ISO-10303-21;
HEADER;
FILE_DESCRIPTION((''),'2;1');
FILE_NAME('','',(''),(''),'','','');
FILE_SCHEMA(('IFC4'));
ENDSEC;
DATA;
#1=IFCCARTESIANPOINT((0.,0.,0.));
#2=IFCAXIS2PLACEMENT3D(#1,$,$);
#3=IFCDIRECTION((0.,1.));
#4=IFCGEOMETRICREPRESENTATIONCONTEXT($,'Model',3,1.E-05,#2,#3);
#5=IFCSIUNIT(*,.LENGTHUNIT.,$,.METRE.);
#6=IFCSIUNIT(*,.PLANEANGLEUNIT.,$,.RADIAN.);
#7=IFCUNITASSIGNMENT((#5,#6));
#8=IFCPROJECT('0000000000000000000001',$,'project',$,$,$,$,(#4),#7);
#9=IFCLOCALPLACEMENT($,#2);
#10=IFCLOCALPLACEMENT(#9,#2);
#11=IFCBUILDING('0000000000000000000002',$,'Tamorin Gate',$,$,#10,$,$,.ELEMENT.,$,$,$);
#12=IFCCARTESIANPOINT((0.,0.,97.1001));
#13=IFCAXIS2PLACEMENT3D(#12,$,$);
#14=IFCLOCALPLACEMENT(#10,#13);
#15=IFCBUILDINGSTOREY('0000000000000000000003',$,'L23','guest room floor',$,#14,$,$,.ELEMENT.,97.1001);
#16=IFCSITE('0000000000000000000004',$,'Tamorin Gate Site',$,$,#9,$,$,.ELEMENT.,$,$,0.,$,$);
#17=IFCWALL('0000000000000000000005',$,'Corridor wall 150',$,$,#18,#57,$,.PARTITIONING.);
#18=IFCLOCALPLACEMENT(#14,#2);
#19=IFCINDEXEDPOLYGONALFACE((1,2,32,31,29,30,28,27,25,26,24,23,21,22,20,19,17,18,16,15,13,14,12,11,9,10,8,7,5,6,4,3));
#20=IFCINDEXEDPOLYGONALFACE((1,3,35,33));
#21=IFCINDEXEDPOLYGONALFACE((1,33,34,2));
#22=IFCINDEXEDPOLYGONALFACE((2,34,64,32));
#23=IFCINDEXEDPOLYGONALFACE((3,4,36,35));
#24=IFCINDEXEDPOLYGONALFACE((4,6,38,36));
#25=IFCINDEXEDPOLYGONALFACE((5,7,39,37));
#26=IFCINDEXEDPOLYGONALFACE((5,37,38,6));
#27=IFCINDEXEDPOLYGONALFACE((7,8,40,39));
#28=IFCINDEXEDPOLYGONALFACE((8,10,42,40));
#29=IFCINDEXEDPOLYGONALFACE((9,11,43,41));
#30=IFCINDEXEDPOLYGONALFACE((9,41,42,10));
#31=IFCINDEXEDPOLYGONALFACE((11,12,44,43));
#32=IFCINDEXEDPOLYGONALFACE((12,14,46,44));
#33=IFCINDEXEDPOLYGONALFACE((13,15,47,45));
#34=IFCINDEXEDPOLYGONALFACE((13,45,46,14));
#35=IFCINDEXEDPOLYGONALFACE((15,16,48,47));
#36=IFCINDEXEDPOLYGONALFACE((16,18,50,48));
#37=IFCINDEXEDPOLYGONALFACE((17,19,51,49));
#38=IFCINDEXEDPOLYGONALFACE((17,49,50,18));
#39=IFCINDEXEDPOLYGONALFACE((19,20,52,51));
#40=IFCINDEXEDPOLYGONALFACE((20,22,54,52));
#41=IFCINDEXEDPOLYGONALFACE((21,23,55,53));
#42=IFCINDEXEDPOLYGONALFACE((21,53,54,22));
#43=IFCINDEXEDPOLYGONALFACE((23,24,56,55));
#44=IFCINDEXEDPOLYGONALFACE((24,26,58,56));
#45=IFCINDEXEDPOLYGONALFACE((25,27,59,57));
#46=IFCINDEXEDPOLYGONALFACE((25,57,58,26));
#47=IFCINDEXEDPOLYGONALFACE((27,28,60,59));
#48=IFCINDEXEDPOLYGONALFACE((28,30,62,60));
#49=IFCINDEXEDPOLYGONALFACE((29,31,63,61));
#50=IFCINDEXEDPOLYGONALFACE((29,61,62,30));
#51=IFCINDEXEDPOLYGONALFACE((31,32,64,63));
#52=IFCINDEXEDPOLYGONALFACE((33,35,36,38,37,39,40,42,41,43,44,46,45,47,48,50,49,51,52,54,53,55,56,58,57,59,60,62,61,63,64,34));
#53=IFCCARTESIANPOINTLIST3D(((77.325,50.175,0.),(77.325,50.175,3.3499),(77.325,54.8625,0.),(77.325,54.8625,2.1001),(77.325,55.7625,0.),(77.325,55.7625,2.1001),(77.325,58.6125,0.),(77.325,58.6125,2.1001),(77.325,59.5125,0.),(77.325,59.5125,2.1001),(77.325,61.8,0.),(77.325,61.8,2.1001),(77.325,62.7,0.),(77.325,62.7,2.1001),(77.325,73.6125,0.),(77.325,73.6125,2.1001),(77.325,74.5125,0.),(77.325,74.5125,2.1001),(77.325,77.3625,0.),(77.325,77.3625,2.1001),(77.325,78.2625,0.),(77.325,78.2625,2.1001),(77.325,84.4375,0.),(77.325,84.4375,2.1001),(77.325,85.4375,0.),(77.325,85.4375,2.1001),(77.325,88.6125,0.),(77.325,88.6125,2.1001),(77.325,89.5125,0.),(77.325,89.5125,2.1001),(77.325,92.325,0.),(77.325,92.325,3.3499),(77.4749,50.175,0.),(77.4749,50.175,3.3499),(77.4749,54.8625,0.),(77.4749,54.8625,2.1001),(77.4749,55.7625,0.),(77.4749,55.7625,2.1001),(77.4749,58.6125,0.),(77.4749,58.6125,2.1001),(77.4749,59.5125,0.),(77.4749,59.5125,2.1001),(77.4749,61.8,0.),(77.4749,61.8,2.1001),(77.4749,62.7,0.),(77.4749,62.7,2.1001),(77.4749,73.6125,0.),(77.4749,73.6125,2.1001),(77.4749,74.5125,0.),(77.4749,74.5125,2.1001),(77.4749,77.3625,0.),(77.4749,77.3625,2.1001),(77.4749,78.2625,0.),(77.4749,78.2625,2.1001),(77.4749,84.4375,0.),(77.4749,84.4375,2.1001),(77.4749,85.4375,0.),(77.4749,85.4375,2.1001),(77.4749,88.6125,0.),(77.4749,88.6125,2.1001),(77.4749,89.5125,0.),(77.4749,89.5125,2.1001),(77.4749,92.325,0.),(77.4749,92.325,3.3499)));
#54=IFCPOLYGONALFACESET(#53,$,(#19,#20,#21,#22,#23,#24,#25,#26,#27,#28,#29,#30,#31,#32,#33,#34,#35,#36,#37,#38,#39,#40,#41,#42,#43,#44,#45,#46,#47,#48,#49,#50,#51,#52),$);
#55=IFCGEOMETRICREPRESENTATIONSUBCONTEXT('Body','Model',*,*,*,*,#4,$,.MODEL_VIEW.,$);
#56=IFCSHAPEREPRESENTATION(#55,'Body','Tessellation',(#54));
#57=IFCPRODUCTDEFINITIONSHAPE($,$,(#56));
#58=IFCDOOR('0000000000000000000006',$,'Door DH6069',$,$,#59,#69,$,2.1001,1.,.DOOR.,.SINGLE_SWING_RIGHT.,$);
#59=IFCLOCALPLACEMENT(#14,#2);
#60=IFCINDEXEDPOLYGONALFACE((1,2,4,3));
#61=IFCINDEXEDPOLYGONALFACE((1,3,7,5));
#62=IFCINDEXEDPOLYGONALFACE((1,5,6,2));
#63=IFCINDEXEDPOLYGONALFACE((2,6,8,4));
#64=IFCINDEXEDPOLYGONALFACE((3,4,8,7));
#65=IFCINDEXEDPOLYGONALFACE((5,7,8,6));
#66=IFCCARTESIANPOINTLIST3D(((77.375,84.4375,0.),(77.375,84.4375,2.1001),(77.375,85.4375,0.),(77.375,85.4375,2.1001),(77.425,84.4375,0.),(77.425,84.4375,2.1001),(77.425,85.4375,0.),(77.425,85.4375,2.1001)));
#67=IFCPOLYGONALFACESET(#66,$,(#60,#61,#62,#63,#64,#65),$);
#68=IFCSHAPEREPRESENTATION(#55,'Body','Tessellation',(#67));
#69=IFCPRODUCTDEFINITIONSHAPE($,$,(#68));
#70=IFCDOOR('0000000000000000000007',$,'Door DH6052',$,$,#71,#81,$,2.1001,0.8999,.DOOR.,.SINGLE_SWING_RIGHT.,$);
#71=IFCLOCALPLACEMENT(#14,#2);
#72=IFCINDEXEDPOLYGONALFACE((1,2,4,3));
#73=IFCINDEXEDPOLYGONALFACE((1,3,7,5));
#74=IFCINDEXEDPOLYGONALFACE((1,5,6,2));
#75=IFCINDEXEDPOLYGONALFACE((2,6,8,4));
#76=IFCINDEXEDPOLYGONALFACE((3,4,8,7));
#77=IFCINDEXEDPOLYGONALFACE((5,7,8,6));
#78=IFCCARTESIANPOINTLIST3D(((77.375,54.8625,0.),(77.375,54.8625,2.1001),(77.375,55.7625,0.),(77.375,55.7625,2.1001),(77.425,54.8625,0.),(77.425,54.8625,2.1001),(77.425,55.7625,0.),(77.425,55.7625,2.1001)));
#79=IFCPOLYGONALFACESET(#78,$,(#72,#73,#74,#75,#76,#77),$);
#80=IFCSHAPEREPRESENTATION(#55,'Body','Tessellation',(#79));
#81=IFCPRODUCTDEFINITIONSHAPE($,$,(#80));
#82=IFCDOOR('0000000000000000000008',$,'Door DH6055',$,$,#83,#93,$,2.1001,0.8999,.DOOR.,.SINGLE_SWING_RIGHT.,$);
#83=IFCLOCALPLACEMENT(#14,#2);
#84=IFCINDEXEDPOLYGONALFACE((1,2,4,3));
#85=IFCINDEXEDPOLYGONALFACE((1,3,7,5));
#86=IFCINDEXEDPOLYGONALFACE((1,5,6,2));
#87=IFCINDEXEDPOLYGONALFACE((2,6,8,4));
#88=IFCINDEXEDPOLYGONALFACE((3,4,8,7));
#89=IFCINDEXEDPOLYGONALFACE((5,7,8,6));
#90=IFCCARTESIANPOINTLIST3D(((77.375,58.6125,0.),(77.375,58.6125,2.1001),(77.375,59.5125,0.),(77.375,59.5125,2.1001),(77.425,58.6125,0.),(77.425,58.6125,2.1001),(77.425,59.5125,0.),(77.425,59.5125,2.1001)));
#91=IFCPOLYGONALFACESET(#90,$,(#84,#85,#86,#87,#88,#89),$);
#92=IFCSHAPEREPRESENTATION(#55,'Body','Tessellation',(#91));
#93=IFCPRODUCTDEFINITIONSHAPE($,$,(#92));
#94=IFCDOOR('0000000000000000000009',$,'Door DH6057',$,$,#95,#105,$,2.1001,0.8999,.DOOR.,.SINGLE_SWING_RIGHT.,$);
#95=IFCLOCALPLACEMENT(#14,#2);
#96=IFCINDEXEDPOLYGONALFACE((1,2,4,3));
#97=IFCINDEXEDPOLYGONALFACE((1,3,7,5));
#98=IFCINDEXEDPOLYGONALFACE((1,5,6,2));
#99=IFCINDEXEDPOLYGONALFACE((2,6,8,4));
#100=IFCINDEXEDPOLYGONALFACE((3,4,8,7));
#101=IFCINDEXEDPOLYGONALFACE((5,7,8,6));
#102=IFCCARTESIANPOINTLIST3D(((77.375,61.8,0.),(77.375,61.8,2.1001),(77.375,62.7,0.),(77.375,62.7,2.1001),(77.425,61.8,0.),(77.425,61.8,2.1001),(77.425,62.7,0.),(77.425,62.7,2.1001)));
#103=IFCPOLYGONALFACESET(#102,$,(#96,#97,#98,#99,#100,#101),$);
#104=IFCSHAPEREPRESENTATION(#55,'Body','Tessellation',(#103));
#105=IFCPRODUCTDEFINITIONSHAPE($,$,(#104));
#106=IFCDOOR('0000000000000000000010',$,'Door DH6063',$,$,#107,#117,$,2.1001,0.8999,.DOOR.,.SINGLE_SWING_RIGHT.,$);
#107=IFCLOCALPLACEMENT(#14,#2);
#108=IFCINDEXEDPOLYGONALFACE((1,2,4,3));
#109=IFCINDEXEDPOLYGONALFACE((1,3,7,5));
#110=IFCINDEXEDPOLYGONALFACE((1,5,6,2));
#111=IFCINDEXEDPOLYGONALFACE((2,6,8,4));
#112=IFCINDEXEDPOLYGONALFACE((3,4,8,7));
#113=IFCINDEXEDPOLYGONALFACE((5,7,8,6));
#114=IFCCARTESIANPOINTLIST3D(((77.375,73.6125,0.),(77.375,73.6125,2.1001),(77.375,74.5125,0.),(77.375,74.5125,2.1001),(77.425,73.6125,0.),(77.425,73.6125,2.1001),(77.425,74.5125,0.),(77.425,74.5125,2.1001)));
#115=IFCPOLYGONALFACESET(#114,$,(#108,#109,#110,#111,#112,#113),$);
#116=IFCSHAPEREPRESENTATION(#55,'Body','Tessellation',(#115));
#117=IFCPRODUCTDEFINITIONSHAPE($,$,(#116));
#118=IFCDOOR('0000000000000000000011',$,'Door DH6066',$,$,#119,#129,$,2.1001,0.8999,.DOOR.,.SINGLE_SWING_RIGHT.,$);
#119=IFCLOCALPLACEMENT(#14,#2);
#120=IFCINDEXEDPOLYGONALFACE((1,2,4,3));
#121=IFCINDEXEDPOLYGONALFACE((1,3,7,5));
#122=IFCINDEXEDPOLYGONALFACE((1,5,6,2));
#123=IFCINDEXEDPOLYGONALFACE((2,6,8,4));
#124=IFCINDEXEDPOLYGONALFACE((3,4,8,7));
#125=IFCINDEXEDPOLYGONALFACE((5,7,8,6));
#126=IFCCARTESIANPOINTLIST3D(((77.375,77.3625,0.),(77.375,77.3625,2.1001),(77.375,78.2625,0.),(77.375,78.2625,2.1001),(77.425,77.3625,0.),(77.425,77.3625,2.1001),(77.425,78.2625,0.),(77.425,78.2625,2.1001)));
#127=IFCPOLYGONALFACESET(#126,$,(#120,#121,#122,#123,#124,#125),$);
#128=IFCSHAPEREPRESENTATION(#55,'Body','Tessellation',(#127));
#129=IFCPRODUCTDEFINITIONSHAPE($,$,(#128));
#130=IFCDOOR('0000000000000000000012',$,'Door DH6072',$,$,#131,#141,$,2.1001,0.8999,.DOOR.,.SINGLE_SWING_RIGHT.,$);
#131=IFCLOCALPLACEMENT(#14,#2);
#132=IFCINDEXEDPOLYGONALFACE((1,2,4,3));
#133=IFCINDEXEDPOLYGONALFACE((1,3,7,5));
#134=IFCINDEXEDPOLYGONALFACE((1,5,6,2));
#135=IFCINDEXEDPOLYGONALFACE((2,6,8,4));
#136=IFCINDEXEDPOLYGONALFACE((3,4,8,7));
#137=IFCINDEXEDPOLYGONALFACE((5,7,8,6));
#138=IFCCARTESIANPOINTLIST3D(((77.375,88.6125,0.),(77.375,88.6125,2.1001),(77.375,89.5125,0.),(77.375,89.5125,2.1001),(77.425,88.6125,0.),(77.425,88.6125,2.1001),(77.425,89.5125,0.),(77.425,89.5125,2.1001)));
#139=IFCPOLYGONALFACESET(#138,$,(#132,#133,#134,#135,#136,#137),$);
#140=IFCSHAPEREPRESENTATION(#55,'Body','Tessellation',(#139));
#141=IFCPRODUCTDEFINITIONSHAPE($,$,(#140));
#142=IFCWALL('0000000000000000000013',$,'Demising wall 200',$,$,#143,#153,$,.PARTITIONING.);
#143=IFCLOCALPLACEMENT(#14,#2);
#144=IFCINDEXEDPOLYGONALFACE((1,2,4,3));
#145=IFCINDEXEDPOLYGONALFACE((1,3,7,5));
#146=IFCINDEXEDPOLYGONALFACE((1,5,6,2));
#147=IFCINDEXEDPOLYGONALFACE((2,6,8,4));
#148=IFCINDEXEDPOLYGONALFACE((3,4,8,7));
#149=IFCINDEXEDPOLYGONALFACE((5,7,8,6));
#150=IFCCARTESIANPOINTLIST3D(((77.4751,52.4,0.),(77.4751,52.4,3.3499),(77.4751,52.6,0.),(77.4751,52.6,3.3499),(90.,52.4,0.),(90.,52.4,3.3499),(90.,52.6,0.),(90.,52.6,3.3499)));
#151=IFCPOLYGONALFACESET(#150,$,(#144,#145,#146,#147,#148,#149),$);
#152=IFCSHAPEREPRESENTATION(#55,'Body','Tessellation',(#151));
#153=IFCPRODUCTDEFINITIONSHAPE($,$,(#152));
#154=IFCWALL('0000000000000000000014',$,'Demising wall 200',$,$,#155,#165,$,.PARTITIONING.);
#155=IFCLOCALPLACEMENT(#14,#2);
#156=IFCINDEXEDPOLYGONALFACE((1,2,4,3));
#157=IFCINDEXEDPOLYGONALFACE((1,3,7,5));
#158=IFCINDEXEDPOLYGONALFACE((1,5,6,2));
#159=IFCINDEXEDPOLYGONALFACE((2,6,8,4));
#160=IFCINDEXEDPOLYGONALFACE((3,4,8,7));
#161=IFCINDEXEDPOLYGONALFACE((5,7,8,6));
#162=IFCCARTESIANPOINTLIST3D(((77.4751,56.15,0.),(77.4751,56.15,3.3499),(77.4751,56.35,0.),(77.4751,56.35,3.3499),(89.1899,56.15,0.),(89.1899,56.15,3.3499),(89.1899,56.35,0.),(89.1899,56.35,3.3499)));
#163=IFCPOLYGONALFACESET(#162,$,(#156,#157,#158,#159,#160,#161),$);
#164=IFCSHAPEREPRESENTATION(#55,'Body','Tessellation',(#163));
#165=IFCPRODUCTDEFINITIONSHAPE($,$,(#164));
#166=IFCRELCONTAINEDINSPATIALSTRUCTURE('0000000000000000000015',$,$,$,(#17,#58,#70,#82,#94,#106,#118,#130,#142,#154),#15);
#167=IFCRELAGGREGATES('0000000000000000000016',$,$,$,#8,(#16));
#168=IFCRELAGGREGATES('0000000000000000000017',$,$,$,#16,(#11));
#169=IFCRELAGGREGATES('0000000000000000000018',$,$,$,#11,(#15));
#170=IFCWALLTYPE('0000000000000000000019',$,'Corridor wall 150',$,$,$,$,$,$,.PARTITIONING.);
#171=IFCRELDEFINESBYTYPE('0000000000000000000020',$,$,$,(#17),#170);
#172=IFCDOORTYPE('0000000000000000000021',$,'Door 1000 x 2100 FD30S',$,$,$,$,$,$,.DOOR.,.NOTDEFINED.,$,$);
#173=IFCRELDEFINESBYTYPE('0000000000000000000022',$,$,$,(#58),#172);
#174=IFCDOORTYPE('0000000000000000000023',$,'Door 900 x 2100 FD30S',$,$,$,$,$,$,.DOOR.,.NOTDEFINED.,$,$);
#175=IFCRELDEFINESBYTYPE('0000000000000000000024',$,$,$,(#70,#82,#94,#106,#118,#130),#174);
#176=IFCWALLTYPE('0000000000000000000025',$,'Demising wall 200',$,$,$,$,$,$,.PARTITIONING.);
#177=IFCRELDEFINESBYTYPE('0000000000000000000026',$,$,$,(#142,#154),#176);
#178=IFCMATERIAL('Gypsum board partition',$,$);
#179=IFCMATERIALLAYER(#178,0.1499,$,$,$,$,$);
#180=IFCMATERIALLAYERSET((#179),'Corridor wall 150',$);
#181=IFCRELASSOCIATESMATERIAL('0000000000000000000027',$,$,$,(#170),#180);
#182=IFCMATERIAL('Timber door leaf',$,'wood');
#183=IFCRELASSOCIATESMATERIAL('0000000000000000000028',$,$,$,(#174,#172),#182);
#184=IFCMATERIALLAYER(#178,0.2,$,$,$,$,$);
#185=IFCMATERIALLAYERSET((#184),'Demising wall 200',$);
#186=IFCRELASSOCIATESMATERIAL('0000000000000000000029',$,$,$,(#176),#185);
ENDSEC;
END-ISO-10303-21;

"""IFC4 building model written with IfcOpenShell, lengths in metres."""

from ifc_helpers import new_model, si_unit, direction, frame, frame_2d, origin, place, context, subcontext, project, spatial, rectangle, extrude, material, layer, layer_set, type_object, element, fill, save


model = new_model("IFC4")

# Units and contexts
model_context = context("Model", 3, precision=1e-05, world=origin(), true_north=direction((0.0, 1.0)))
body_context = subcontext(model_context, "Body", "Model", "MODEL_VIEW")
ifc_project = project(units=[si_unit("LENGTHUNIT", "METRE"), si_unit("PLANEANGLEUNIT", "RADIAN")], contexts=[model_context])

# Site, building, storey
site_placement = place(None, origin())
site = spatial("IfcSite", under=ifc_project, at=site_placement, Name="Tamorin Gate Site", CompositionType="ELEMENT", RefElevation=0.0)
building_placement = place(site_placement, origin())
building = spatial("IfcBuilding", under=site, at=building_placement, Name="Tamorin Gate", CompositionType="ELEMENT")
storey_placement = place(building_placement, frame((0.0, 0.0, 97.1001)))
storey = spatial("IfcBuildingStorey", under=building, at=storey_placement, Name="L23", Description="guest room floor", CompositionType="ELEMENT", Elevation=97.1001)

# Shared definitions
ifc_material_1 = material(Name="Gypsum board partition")
ifc_layer_1 = layer(ifc_material_1, 0.1499)
ifc_layer_set_1 = layer_set([ifc_layer_1], Name="Corridor wall 150")
wall_type_1 = type_object("IfcWallType", Name="Corridor wall 150", PredefinedType="PARTITIONING", material=ifc_layer_set_1)
ifc_material_2 = material(Name="Timber door leaf", Category="wood")
door_type_1 = type_object("IfcDoorType", Name="Door 900 x 2100 FD30S", OperationType="NOTDEFINED", PredefinedType="DOOR", material=ifc_material_2)

# Wall, openings, doors
wall_1_placement = place(storey_placement, frame((77.3999, 50.175, 0.0), z_axis=(0.0, 0.0, 1.0), x_axis=(0.0, 1.0, 0.0)))
wall_1 = element("IfcWall", 1, at=wall_1_placement, inside=storey, type_object=wall_type_1, Name="Corridor wall 150", PredefinedType="PARTITIONING", context=body_context, shape_type="SweptSolid", body=[
    extrude(rectangle(XDim=42.1499, YDim=0.1499, at=frame_2d((21.075, 0.0))), origin(), (0.0, 0.0, 1.0), 3.3499),
])
opening_1_placement = place(wall_1_placement, frame((4.6875, 0.0, 0.0)))
opening_1 = element("IfcOpeningElement", 2, at=opening_1_placement, cuts=wall_1, PredefinedType="OPENING", context=body_context, shape_type="SweptSolid", body=[
    extrude(rectangle(XDim=0.8999, YDim=2.1001, at=frame_2d((0.45, 1.05))), frame((0.0, 0.085, 0.0), z_axis=(0.0, -1.0, 0.0), x_axis=(1.0, 0.0, 0.0)), (0.0, 0.0, 1.0), 0.1699),
])
opening_2_placement = place(wall_1_placement, frame((8.4375, 0.0, 0.0)))
opening_2 = element("IfcOpeningElement", 3, at=opening_2_placement, cuts=wall_1, PredefinedType="OPENING", context=body_context, shape_type="SweptSolid", body=[
    extrude(rectangle(XDim=0.8999, YDim=2.1001, at=frame_2d((0.45, 1.05))), frame((0.0, 0.085, 0.0), z_axis=(0.0, -1.0, 0.0), x_axis=(1.0, 0.0, 0.0)), (0.0, 0.0, 1.0), 0.1699),
])
opening_3_placement = place(wall_1_placement, frame((11.625, 0.0, 0.0)))
opening_3 = element("IfcOpeningElement", 4, at=opening_3_placement, cuts=wall_1, PredefinedType="OPENING", context=body_context, shape_type="SweptSolid", body=[
    extrude(rectangle(XDim=0.8999, YDim=2.1001, at=frame_2d((0.45, 1.05))), frame((0.0, 0.085, 0.0), z_axis=(0.0, -1.0, 0.0), x_axis=(1.0, 0.0, 0.0)), (0.0, 0.0, 1.0), 0.1699),
])
opening_4_placement = place(wall_1_placement, frame((23.4375, 0.0, 0.0)))
opening_4 = element("IfcOpeningElement", 5, at=opening_4_placement, cuts=wall_1, PredefinedType="OPENING", context=body_context, shape_type="SweptSolid", body=[
    extrude(rectangle(XDim=0.8999, YDim=2.1001, at=frame_2d((0.45, 1.05))), frame((0.0, 0.085, 0.0), z_axis=(0.0, -1.0, 0.0), x_axis=(1.0, 0.0, 0.0)), (0.0, 0.0, 1.0), 0.1699),
])
opening_5_placement = place(wall_1_placement, frame((27.1875, 0.0, 0.0)))
opening_5 = element("IfcOpeningElement", 6, at=opening_5_placement, cuts=wall_1, PredefinedType="OPENING", context=body_context, shape_type="SweptSolid", body=[
    extrude(rectangle(XDim=0.8999, YDim=2.1001, at=frame_2d((0.45, 1.05))), frame((0.0, 0.085, 0.0), z_axis=(0.0, -1.0, 0.0), x_axis=(1.0, 0.0, 0.0)), (0.0, 0.0, 1.0), 0.1699),
])
opening_6_placement = place(wall_1_placement, frame((34.2625, 0.0, 0.0)))
opening_6 = element("IfcOpeningElement", 7, at=opening_6_placement, cuts=wall_1, PredefinedType="OPENING", context=body_context, shape_type="SweptSolid", body=[
    extrude(rectangle(XDim=1.0, YDim=2.1001, at=frame_2d((0.5, 1.05))), frame((0.0, 0.085, 0.0), z_axis=(0.0, -1.0, 0.0), x_axis=(1.0, 0.0, 0.0)), (0.0, 0.0, 1.0), 0.1699),
])
opening_7_placement = place(wall_1_placement, frame((38.4375, 0.0, 0.0)))
opening_7 = element("IfcOpeningElement", 8, at=opening_7_placement, cuts=wall_1, PredefinedType="OPENING", context=body_context, shape_type="SweptSolid", body=[
    extrude(rectangle(XDim=0.8999, YDim=2.1001, at=frame_2d((0.45, 1.05))), frame((0.0, 0.085, 0.0), z_axis=(0.0, -1.0, 0.0), x_axis=(1.0, 0.0, 0.0)), (0.0, 0.0, 1.0), 0.1699),
])
door_type_2 = type_object("IfcDoorType", Name="Door 1000 x 2100 FD30S", OperationType="NOTDEFINED", PredefinedType="DOOR", material=ifc_material_2)
door_1_placement = place(opening_6_placement, origin())
door_1 = element("IfcDoor", 9, at=door_1_placement, inside=storey, type_object=door_type_2, Name="Door DH6069", OperationType="SINGLE_SWING_RIGHT", OverallHeight=2.1001, OverallWidth=1.0, PredefinedType="DOOR", context=body_context, shape_type="SweptSolid", body=[
    extrude(rectangle(XDim=1.0, YDim=2.1001, at=frame_2d((0.5, 1.05))), frame((0.0, 0.0249, 0.0), z_axis=(0.0, -1.0, 0.0), x_axis=(1.0, 0.0, 0.0)), (0.0, 0.0, 1.0), 0.05),
])
fill(opening_6, door_1)
door_2_placement = place(opening_1_placement, origin())
door_2 = element("IfcDoor", 10, at=door_2_placement, inside=storey, type_object=door_type_1, Name="Door DH6052", OperationType="SINGLE_SWING_RIGHT", OverallHeight=2.1001, OverallWidth=0.8999, PredefinedType="DOOR", context=body_context, shape_type="SweptSolid", body=[
    extrude(rectangle(XDim=0.8999, YDim=2.1001, at=frame_2d((0.45, 1.05))), frame((0.0, 0.0249, 0.0), z_axis=(0.0, -1.0, 0.0), x_axis=(1.0, 0.0, 0.0)), (0.0, 0.0, 1.0), 0.05),
])
fill(opening_1, door_2)
door_3_placement = place(opening_2_placement, origin())
door_3 = element("IfcDoor", 11, at=door_3_placement, inside=storey, type_object=door_type_1, Name="Door DH6055", OperationType="SINGLE_SWING_RIGHT", OverallHeight=2.1001, OverallWidth=0.8999, PredefinedType="DOOR", context=body_context, shape_type="SweptSolid", body=[
    extrude(rectangle(XDim=0.8999, YDim=2.1001, at=frame_2d((0.45, 1.05))), frame((0.0, 0.0249, 0.0), z_axis=(0.0, -1.0, 0.0), x_axis=(1.0, 0.0, 0.0)), (0.0, 0.0, 1.0), 0.05),
])
fill(opening_2, door_3)
door_4_placement = place(opening_3_placement, origin())
door_4 = element("IfcDoor", 12, at=door_4_placement, inside=storey, type_object=door_type_1, Name="Door DH6057", OperationType="SINGLE_SWING_RIGHT", OverallHeight=2.1001, OverallWidth=0.8999, PredefinedType="DOOR", context=body_context, shape_type="SweptSolid", body=[
    extrude(rectangle(XDim=0.8999, YDim=2.1001, at=frame_2d((0.45, 1.05))), frame((0.0, 0.0249, 0.0), z_axis=(0.0, -1.0, 0.0), x_axis=(1.0, 0.0, 0.0)), (0.0, 0.0, 1.0), 0.05),
])
fill(opening_3, door_4)
door_5_placement = place(opening_4_placement, origin())
door_5 = element("IfcDoor", 13, at=door_5_placement, inside=storey, type_object=door_type_1, Name="Door DH6063", OperationType="SINGLE_SWING_RIGHT", OverallHeight=2.1001, OverallWidth=0.8999, PredefinedType="DOOR", context=body_context, shape_type="SweptSolid", body=[
    extrude(rectangle(XDim=0.8999, YDim=2.1001, at=frame_2d((0.45, 1.05))), frame((0.0, 0.0249, 0.0), z_axis=(0.0, -1.0, 0.0), x_axis=(1.0, 0.0, 0.0)), (0.0, 0.0, 1.0), 0.05),
])
fill(opening_4, door_5)
door_6_placement = place(opening_5_placement, origin())
door_6 = element("IfcDoor", 14, at=door_6_placement, inside=storey, type_object=door_type_1, Name="Door DH6066", OperationType="SINGLE_SWING_RIGHT", OverallHeight=2.1001, OverallWidth=0.8999, PredefinedType="DOOR", context=body_context, shape_type="SweptSolid", body=[
    extrude(rectangle(XDim=0.8999, YDim=2.1001, at=frame_2d((0.45, 1.05))), frame((0.0, 0.0249, 0.0), z_axis=(0.0, -1.0, 0.0), x_axis=(1.0, 0.0, 0.0)), (0.0, 0.0, 1.0), 0.05),
])
fill(opening_5, door_6)
door_7_placement = place(opening_7_placement, origin())
door_7 = element("IfcDoor", 15, at=door_7_placement, inside=storey, type_object=door_type_1, Name="Door DH6072", OperationType="SINGLE_SWING_RIGHT", OverallHeight=2.1001, OverallWidth=0.8999, PredefinedType="DOOR", context=body_context, shape_type="SweptSolid", body=[
    extrude(rectangle(XDim=0.8999, YDim=2.1001, at=frame_2d((0.45, 1.05))), frame((0.0, 0.0249, 0.0), z_axis=(0.0, -1.0, 0.0), x_axis=(1.0, 0.0, 0.0)), (0.0, 0.0, 1.0), 0.05),
])
fill(opening_7, door_7)

# Walls
ifc_layer_2 = layer(ifc_material_1, 0.2)
ifc_layer_set_2 = layer_set([ifc_layer_2], Name="Demising wall 200")
wall_type_2 = type_object("IfcWallType", Name="Demising wall 200", PredefinedType="PARTITIONING", material=ifc_layer_set_2)
wall_2_placement = place(storey_placement, frame((77.4751, 52.5, 0.0), z_axis=(0.0, 0.0, 1.0), x_axis=(1.0, 0.0, 0.0)))
element("IfcWall", 16, at=wall_2_placement, inside=storey, type_object=wall_type_2, Name="Demising wall 200", PredefinedType="PARTITIONING", context=body_context, shape_type="SweptSolid", body=[
    extrude(rectangle(XDim=12.5249, YDim=0.2, at=frame_2d((6.2625, 0.0))), origin(), (0.0, 0.0, 1.0), 3.3499),
])
wall_3_placement = place(storey_placement, frame((77.4751, 56.25, 0.0), z_axis=(0.0, 0.0, 1.0), x_axis=(1.0, 0.0, 0.0)))
element("IfcWall", 17, at=wall_3_placement, inside=storey, type_object=wall_type_2, Name="Demising wall 200", PredefinedType="PARTITIONING", context=body_context, shape_type="SweptSolid", body=[
    extrude(rectangle(XDim=11.7148, YDim=0.2, at=frame_2d((5.8574, 0.0))), origin(), (0.0, 0.0, 1.0), 3.3499),
])

save(model, "model.ifc")
